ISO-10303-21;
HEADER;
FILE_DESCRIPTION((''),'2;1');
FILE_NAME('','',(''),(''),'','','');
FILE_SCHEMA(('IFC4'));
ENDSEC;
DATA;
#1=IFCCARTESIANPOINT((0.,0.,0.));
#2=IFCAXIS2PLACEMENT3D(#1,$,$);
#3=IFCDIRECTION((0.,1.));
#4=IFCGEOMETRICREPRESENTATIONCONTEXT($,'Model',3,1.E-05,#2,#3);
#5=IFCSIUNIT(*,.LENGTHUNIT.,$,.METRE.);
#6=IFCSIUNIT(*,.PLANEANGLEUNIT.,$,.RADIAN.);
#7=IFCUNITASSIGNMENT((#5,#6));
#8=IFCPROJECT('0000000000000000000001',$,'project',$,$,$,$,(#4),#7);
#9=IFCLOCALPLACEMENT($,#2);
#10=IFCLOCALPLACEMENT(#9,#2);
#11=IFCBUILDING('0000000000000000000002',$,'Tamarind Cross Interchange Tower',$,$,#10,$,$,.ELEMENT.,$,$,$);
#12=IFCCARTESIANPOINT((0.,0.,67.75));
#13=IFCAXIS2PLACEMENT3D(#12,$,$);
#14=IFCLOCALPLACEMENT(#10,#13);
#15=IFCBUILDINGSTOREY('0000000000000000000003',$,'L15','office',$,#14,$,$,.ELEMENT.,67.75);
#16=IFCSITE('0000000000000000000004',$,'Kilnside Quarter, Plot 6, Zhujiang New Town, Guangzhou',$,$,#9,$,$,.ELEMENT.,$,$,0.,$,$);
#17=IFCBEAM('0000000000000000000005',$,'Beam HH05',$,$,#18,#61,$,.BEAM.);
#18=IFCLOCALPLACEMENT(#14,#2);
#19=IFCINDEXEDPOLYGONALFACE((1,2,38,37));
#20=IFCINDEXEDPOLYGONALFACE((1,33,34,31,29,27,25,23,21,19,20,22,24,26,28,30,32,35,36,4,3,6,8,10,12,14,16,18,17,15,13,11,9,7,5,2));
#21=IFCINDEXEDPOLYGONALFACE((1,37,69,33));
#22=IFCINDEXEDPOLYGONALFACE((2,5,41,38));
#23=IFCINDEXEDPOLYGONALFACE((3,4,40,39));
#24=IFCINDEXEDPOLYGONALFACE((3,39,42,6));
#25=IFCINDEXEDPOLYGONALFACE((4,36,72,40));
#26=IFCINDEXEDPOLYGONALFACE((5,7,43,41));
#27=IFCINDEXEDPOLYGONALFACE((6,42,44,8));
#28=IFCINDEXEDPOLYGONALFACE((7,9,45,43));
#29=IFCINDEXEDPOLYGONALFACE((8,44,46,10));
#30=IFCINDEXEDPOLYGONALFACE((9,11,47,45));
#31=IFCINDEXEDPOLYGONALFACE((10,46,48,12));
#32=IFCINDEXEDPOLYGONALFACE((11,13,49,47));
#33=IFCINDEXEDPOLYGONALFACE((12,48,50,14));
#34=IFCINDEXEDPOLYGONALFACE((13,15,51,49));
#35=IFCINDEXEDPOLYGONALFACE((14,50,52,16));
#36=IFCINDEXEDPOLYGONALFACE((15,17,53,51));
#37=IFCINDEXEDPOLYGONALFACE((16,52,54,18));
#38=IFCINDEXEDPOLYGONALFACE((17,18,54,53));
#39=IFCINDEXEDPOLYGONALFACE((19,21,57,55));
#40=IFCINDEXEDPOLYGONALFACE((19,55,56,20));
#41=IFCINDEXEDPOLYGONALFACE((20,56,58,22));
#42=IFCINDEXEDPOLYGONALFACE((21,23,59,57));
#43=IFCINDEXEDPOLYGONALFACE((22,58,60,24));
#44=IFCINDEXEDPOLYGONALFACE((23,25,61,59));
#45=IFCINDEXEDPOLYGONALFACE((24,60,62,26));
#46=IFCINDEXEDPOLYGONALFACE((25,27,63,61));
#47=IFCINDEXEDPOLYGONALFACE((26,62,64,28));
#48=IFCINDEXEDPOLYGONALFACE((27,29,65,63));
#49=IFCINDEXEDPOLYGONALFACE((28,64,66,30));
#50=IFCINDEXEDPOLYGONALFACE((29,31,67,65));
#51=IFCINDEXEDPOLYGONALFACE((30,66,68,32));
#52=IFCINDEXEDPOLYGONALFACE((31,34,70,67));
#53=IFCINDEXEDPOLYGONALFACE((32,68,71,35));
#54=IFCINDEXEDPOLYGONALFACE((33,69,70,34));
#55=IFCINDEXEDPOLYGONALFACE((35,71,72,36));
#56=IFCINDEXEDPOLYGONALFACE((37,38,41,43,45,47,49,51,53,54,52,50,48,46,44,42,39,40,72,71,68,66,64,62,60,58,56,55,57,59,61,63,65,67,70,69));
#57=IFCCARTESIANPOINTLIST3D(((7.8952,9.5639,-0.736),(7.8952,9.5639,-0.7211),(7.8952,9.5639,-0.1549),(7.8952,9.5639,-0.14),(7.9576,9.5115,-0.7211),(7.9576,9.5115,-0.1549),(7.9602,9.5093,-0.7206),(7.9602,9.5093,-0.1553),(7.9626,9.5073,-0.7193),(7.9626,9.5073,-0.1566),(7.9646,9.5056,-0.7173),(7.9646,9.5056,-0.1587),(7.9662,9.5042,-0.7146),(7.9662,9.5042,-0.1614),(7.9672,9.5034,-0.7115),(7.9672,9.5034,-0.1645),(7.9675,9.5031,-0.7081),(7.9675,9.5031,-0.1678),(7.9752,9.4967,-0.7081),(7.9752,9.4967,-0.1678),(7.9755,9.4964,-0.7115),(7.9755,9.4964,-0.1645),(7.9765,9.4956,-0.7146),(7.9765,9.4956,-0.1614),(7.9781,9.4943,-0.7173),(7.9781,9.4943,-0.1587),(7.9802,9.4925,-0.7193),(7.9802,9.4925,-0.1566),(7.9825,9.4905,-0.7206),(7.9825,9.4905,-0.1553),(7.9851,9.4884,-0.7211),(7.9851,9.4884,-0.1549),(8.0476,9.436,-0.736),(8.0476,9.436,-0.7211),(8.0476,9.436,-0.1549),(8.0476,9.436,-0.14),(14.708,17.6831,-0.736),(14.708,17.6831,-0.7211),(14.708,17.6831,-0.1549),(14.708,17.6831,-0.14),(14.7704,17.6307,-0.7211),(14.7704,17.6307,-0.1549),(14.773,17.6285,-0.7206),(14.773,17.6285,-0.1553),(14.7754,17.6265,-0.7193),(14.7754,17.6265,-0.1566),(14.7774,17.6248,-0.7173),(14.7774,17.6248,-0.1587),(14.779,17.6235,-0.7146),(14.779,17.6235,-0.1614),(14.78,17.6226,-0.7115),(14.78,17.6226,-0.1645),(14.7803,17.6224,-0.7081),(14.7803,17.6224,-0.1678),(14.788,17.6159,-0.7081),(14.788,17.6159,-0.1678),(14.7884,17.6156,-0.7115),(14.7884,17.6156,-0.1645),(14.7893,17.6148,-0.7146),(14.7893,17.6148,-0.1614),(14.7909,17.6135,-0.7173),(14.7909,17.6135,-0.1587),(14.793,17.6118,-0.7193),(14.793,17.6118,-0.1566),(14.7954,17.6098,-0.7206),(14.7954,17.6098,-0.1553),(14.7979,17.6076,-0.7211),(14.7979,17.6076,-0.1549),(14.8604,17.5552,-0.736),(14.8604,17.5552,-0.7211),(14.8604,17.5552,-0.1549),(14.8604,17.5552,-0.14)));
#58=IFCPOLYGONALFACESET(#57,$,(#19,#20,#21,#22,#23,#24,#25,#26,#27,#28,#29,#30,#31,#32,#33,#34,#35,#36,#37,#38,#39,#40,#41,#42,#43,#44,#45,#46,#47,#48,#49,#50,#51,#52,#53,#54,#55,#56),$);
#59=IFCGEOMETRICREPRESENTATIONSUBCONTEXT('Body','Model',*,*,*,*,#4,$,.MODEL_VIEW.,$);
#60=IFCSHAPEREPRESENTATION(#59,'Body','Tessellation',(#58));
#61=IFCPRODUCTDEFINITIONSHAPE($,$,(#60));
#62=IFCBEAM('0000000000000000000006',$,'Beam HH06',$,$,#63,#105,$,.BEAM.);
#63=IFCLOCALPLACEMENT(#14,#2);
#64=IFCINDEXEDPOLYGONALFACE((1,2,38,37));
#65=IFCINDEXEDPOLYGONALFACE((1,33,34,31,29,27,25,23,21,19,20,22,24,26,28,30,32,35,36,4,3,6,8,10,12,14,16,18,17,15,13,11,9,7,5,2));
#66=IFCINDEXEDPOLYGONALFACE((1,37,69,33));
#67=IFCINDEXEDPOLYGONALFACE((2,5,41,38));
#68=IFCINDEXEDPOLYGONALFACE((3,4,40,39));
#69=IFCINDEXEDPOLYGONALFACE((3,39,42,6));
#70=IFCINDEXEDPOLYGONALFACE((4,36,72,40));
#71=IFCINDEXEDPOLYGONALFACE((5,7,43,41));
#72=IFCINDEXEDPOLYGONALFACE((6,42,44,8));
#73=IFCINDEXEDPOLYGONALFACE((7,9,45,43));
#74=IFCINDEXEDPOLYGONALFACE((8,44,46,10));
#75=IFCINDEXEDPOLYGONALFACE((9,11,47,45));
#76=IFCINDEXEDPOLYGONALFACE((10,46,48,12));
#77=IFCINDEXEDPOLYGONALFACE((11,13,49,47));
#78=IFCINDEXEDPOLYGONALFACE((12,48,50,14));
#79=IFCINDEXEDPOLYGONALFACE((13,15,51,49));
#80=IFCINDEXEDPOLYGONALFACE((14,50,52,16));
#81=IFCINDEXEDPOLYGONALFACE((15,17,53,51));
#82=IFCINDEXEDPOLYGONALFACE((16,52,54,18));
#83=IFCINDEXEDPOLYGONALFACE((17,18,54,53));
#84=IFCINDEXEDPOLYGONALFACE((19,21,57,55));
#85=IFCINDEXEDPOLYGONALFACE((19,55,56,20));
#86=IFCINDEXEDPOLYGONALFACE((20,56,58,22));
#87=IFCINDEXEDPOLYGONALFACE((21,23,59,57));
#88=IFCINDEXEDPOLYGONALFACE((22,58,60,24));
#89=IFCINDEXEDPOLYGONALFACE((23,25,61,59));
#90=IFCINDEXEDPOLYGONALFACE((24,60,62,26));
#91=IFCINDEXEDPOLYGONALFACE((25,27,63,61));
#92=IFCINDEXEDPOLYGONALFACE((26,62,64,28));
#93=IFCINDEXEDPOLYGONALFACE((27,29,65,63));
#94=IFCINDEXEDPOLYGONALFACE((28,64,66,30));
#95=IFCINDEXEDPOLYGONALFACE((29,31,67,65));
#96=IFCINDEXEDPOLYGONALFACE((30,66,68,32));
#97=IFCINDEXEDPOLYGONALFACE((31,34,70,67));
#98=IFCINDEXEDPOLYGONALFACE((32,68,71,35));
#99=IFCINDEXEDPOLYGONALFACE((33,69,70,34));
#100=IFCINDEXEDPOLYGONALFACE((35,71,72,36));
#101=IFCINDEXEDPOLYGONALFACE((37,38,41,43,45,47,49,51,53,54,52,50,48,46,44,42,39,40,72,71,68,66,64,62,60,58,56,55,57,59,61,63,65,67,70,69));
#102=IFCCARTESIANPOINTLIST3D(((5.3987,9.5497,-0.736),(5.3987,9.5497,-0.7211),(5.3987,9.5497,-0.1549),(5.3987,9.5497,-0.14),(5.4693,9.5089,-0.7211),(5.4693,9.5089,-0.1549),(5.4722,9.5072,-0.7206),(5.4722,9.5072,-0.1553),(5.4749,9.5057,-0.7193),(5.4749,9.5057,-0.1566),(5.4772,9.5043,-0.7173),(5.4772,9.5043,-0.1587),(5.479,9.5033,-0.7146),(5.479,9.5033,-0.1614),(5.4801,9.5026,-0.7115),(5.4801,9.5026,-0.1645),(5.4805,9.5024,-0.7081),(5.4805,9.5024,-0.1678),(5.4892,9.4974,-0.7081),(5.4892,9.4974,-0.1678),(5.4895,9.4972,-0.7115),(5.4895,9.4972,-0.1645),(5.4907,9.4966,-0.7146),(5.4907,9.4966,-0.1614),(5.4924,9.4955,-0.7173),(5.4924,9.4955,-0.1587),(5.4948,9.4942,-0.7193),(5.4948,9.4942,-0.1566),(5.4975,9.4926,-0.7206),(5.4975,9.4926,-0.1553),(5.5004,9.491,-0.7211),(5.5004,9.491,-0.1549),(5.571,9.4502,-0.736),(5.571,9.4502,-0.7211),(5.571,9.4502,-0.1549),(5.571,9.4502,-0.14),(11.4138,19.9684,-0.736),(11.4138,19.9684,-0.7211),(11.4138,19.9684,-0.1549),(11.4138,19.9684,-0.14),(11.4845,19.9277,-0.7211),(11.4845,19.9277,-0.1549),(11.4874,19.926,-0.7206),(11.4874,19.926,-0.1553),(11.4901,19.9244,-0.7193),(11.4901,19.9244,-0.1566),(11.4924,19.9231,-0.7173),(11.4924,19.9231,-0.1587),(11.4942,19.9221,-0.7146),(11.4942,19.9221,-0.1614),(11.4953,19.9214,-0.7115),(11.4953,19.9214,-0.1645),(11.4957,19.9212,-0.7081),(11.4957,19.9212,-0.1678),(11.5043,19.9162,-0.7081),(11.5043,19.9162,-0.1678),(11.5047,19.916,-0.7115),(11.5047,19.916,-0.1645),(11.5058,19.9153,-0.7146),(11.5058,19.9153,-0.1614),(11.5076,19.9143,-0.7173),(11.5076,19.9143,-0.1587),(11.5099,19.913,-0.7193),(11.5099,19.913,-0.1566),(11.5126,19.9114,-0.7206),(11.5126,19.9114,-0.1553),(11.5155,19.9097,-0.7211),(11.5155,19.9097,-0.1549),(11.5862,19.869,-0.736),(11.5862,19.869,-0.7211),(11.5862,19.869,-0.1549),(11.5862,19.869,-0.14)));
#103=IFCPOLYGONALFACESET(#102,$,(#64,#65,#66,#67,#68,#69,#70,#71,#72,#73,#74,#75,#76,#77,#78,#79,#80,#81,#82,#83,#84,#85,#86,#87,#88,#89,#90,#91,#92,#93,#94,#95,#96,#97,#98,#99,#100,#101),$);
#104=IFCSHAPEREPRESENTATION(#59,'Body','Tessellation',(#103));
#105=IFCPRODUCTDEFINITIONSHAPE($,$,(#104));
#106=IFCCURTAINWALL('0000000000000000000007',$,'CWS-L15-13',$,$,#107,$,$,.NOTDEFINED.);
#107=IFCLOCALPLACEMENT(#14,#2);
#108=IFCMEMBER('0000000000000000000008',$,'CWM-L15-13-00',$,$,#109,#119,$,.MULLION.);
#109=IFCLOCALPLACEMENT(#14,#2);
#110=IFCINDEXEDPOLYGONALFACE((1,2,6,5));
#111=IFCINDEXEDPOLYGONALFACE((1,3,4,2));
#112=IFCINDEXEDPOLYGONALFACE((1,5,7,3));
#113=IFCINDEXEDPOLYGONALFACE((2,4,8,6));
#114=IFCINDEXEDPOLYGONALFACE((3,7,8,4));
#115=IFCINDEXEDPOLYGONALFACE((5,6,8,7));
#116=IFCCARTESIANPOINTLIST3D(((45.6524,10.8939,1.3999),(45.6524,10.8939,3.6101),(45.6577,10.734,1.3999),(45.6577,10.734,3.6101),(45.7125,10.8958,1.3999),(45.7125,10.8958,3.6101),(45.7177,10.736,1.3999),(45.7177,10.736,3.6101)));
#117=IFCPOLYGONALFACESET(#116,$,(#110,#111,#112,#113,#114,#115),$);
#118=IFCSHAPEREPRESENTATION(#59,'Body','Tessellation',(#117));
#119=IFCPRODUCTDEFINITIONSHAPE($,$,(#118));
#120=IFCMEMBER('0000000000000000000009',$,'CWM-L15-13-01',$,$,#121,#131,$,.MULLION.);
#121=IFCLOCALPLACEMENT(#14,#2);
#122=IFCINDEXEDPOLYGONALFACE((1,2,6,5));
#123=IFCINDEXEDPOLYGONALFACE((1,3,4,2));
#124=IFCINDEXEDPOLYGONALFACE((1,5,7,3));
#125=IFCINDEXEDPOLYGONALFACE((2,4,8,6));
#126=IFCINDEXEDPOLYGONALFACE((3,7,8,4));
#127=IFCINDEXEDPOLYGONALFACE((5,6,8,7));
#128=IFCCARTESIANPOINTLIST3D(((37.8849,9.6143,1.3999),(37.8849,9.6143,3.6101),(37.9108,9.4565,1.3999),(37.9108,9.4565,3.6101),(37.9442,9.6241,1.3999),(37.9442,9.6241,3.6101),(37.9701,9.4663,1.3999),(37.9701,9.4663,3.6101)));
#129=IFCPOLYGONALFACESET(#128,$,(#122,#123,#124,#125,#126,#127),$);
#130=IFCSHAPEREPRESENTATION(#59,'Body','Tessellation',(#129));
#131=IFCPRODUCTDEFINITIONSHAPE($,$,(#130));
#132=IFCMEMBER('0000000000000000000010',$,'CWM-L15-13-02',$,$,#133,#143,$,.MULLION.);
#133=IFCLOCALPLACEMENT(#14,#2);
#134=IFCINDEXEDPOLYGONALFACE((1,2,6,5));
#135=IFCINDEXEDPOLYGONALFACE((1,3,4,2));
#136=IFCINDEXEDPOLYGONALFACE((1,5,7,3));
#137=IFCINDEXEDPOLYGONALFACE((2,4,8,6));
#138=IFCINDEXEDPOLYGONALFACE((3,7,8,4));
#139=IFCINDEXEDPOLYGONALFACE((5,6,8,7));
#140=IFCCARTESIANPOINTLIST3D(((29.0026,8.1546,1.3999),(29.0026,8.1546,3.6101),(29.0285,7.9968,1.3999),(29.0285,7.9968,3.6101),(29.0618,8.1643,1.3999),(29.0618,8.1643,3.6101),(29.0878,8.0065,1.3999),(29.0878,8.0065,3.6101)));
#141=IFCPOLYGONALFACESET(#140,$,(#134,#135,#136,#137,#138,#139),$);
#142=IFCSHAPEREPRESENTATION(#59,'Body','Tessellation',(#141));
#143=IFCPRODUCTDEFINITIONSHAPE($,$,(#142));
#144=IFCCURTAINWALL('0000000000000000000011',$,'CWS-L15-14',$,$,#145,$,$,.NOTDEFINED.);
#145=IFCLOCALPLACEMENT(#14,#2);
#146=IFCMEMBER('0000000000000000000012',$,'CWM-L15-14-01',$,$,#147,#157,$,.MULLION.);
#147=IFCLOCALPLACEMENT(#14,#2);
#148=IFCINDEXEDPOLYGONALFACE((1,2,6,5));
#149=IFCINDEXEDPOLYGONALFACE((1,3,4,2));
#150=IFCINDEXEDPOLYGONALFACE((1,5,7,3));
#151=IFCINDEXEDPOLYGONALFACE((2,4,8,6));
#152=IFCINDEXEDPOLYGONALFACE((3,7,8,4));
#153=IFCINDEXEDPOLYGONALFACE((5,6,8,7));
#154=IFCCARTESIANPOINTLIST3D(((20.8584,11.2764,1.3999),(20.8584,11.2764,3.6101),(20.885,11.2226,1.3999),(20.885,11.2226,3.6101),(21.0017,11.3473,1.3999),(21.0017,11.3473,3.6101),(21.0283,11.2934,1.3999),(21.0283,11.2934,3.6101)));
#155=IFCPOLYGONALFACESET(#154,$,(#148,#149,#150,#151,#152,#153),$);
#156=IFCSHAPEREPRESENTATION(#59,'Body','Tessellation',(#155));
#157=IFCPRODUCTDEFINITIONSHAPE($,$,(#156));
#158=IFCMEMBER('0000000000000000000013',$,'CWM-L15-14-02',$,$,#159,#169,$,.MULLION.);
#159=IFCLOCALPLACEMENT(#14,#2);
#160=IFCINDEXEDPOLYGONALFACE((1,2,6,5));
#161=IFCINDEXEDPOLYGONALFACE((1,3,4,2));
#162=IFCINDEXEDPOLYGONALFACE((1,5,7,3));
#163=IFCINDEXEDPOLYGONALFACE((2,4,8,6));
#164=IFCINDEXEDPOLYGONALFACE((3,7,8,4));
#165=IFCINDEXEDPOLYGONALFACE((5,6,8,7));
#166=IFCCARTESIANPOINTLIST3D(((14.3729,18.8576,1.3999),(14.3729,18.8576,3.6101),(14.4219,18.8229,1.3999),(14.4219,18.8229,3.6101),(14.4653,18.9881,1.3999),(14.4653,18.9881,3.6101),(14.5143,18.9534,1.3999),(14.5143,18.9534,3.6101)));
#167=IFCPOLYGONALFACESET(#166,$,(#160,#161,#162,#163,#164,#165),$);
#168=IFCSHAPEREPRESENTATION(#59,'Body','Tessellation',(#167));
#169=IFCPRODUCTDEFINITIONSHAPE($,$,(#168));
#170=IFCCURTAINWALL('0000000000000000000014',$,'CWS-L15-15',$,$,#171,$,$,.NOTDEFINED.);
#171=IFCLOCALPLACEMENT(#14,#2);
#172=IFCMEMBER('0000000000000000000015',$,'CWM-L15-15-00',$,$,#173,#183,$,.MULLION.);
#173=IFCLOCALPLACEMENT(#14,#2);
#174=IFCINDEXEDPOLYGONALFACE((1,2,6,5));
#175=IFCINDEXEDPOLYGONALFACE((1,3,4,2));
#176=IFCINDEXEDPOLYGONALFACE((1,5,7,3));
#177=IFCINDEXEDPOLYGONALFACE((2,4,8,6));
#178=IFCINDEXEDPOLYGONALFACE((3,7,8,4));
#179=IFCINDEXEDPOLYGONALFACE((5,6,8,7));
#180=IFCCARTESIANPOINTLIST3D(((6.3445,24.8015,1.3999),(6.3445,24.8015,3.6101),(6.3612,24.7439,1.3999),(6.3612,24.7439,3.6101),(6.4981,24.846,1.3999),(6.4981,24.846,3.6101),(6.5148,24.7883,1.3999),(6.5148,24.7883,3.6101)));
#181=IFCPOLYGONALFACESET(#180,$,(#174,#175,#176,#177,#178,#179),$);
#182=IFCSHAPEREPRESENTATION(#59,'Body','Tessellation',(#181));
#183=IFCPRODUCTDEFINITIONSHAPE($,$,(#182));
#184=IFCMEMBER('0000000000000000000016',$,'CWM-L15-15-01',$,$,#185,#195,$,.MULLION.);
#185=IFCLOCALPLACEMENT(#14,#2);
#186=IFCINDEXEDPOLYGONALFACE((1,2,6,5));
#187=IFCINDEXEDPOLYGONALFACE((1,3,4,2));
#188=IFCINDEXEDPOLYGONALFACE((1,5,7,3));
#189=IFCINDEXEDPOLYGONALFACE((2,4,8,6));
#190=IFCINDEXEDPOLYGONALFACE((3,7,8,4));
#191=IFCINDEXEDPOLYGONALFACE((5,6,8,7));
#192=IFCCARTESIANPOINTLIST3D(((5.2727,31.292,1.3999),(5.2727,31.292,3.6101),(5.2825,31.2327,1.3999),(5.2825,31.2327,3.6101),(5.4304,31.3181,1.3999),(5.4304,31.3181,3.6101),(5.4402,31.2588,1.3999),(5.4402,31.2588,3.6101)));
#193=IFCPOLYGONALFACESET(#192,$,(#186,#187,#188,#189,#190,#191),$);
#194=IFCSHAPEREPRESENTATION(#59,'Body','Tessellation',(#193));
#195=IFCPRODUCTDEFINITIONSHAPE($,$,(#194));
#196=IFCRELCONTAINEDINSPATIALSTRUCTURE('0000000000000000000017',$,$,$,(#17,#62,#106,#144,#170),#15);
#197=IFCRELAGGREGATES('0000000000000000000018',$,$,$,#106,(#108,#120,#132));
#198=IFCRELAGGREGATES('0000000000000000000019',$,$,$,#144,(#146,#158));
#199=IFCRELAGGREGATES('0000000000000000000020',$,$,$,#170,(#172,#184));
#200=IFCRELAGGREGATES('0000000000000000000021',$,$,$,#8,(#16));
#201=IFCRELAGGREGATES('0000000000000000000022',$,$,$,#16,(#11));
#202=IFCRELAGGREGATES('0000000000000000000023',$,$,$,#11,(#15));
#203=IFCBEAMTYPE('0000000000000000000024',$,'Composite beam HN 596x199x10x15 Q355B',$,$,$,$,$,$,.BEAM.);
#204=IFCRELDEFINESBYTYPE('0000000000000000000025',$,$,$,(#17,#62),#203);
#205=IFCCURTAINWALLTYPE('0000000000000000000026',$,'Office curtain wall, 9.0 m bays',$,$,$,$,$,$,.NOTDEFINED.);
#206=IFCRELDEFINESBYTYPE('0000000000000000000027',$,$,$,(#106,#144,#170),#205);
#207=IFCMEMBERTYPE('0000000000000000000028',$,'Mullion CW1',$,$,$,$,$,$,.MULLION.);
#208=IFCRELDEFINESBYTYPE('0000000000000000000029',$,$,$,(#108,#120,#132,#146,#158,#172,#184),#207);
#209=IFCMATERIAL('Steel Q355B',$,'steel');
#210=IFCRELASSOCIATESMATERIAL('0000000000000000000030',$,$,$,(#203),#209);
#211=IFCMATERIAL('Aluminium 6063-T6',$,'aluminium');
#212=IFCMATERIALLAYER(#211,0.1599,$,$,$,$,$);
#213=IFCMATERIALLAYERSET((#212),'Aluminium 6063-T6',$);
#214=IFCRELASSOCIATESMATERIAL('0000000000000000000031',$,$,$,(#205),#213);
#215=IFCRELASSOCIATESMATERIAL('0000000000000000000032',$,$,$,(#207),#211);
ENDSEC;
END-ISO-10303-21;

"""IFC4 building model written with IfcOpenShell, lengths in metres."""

from ifc_helpers import new_model, si_unit, direction, frame, origin, origin_2d, place, context, subcontext, project, spatial, rectangle, i_section, extrude, material, layer, layer_set, material_profile, profile_set, type_object, element, aggregate, save


model = new_model("IFC4")

# Units and contexts
model_context = context("Model", 3, precision=1e-05, world=origin(), true_north=direction((0.0, 1.0)))
body_context = subcontext(model_context, "Body", "Model", "MODEL_VIEW")
ifc_project = project(units=[si_unit("LENGTHUNIT", "METRE"), si_unit("PLANEANGLEUNIT", "RADIAN")], contexts=[model_context])

# Site, building, storey
site_placement = place(None, origin())
site = spatial("IfcSite", under=ifc_project, at=site_placement, Name="Kilnside Quarter, Plot 6, Zhujiang New Town, Guangzhou", CompositionType="ELEMENT", RefElevation=0.0)
building_placement = place(site_placement, origin())
building = spatial("IfcBuilding", under=site, at=building_placement, Name="Tamarind Cross Interchange Tower", CompositionType="ELEMENT")
storey_placement = place(building_placement, frame((0.0, 0.0, 67.75)))
storey = spatial("IfcBuildingStorey", under=building, at=storey_placement, Name="L15", Description="office", CompositionType="ELEMENT", Elevation=67.75)

# Beams
ifc_material_1 = material(Name="Steel Q355B", Category="steel")
ifc_material_profile_1 = material_profile(ifc_material_1, i_section(OverallWidth=0.199, OverallDepth=0.5959, WebThickness=0.01, FlangeThickness=0.0149, FilletRadius=0.0129, at=origin_2d()), Name="HN 596x199x10x15")
ifc_profile_set_1 = profile_set([ifc_material_profile_1], Name="Steel Q355B")
beam_type_1 = type_object("IfcBeamType", Name="Composite beam HN 596x199x10x15 Q355B", PredefinedType="BEAM", material=ifc_profile_set_1)
beam_1_placement = place(storey_placement, frame((14.7842, 17.6191, -0.438), z_axis=(-0.642786, -0.766046, 0.0), x_axis=(0.766046, -0.642786, 0.0)))
element("IfcBeam", 1, at=beam_1_placement, inside=storey, type_object=beam_type_1, Name="Beam HH05", PredefinedType="BEAM", context=body_context, shape_type="SweptSolid", body=[
    extrude(i_section(OverallWidth=0.199, OverallDepth=0.5959, WebThickness=0.01, FlangeThickness=0.0149, FilletRadius=0.0129, at=origin_2d()), origin(), (0.0, 0.0, 1.0), 10.5989),
])
beam_2_placement = place(storey_placement, frame((11.5, 19.9187, -0.438), z_axis=(-0.499994, -0.866029, 0.0), x_axis=(0.866029, -0.499994, 0.0)))
element("IfcBeam", 2, at=beam_2_placement, inside=storey, type_object=beam_type_1, Name="Beam HH06", PredefinedType="BEAM", context=body_context, shape_type="SweptSolid", body=[
    extrude(i_section(OverallWidth=0.199, OverallDepth=0.5959, WebThickness=0.01, FlangeThickness=0.0149, FilletRadius=0.0129, at=origin_2d()), origin(), (0.0, 0.0, 1.0), 12.0305),
])

# Curtain walls, members
ifc_material_2 = material(Name="Aluminium 6063-T6", Category="aluminium")
ifc_layer_1 = layer(ifc_material_2, 0.1599)
ifc_layer_set_1 = layer_set([ifc_layer_1], Name="Aluminium 6063-T6")
curtain_wall_type = type_object("IfcCurtainWallType", Name="Office curtain wall, 9.0 m bays", PredefinedType="NOTDEFINED", material=ifc_layer_set_1)
curtain_wall_1_placement = place(storey_placement, origin())
curtain_wall_1 = element("IfcCurtainWall", 3, at=curtain_wall_1_placement, inside=storey, type_object=curtain_wall_type, Name="CWS-L15-13", PredefinedType="NOTDEFINED")
ifc_material_profile_2 = material_profile(ifc_material_2, rectangle(XDim=0.0601, YDim=0.1599, at=origin_2d()), Name="Mullion CW1")
ifc_profile_set_2 = profile_set([ifc_material_profile_2], Name="Aluminium 6063-T6")
member_type = type_object("IfcMemberType", Name="Mullion CW1", PredefinedType="MULLION", material=ifc_profile_set_2)
member_1_placement = place(storey_placement, frame((45.6851, 10.8149, 1.3999), z_axis=(0.0, 0.0, 1.0), x_axis=(-0.999469, -0.032594, 0.0)))
member_1 = element("IfcMember", 4, at=member_1_placement, type_object=member_type, Name="CWM-L15-13-00", PredefinedType="MULLION", context=body_context, shape_type="SweptSolid", body=[
    extrude(rectangle(XDim=0.0601, YDim=0.1599, at=origin_2d()), origin(), (0.0, 0.0, 1.0), 2.2102),
])
member_2_placement = place(storey_placement, frame((37.9275, 9.5403, 1.3999), z_axis=(0.0, 0.0, 1.0), x_axis=(-0.986764, -0.162164, 0.0)))
member_2 = element("IfcMember", 5, at=member_2_placement, type_object=member_type, Name="CWM-L15-13-01", PredefinedType="MULLION", context=body_context, shape_type="SweptSolid", body=[
    extrude(rectangle(XDim=0.0601, YDim=0.1599, at=origin_2d()), origin(), (0.0, 0.0, 1.0), 2.2102),
])
member_3_placement = place(storey_placement, frame((29.0452, 8.0806, 1.3999), z_axis=(0.0, 0.0, 1.0), x_axis=(-0.986764, -0.162164, 0.0)))
member_3 = element("IfcMember", 6, at=member_3_placement, type_object=member_type, Name="CWM-L15-13-02", PredefinedType="MULLION", context=body_context, shape_type="SweptSolid", body=[
    extrude(rectangle(XDim=0.0601, YDim=0.1599, at=origin_2d()), origin(), (0.0, 0.0, 1.0), 2.2102),
])
aggregate(curtain_wall_1, [member_1, member_2, member_3])
curtain_wall_2_placement = place(storey_placement, origin())
curtain_wall_2 = element("IfcCurtainWall", 7, at=curtain_wall_2_placement, inside=storey, type_object=curtain_wall_type, Name="CWS-L15-14", PredefinedType="NOTDEFINED")
member_4_placement = place(storey_placement, frame((20.9434, 11.2849, 1.3999), z_axis=(0.0, 0.0, 1.0), x_axis=(-0.443059, 0.896493, 0.0)))
member_4 = element("IfcMember", 8, at=member_4_placement, type_object=member_type, Name="CWM-L15-14-01", PredefinedType="MULLION", context=body_context, shape_type="SweptSolid", body=[
    extrude(rectangle(XDim=0.0601, YDim=0.1599, at=origin_2d()), origin(), (0.0, 0.0, 1.0), 2.2102),
])
member_5_placement = place(storey_placement, frame((14.4436, 18.9055, 1.3999), z_axis=(0.0, 0.0, 1.0), x_axis=(-0.816342, 0.577569, 0.0)))
member_5 = element("IfcMember", 9, at=member_5_placement, type_object=member_type, Name="CWM-L15-14-02", PredefinedType="MULLION", context=body_context, shape_type="SweptSolid", body=[
    extrude(rectangle(XDim=0.0601, YDim=0.1599, at=origin_2d()), origin(), (0.0, 0.0, 1.0), 2.2102),
])
aggregate(curtain_wall_2, [member_4, member_5])
curtain_wall_3_placement = place(storey_placement, origin())
curtain_wall_3 = element("IfcCurtainWall", 10, at=curtain_wall_3_placement, inside=storey, type_object=curtain_wall_type, Name="CWS-L15-15", PredefinedType="NOTDEFINED")
member_6_placement = place(storey_placement, frame((6.4297, 24.7949, 1.3999), z_axis=(0.0, 0.0, 1.0), x_axis=(-0.27791, 0.960607, 0.0)))
member_6 = element("IfcMember", 11, at=member_6_placement, type_object=member_type, Name="CWM-L15-15-00", PredefinedType="MULLION", context=body_context, shape_type="SweptSolid", body=[
    extrude(rectangle(XDim=0.0601, YDim=0.1599, at=origin_2d()), origin(), (0.0, 0.0, 1.0), 2.2102),
])
member_7_placement = place(storey_placement, frame((5.3564, 31.2754, 1.3999), z_axis=(0.0, 0.0, 1.0), x_axis=(-0.163381, 0.986563, 0.0)))
member_7 = element("IfcMember", 12, at=member_7_placement, type_object=member_type, Name="CWM-L15-15-01", PredefinedType="MULLION", context=body_context, shape_type="SweptSolid", body=[
    extrude(rectangle(XDim=0.0601, YDim=0.1599, at=origin_2d()), origin(), (0.0, 0.0, 1.0), 2.2102),
])
aggregate(curtain_wall_3, [member_6, member_7])

save(model, "model.ifc")
